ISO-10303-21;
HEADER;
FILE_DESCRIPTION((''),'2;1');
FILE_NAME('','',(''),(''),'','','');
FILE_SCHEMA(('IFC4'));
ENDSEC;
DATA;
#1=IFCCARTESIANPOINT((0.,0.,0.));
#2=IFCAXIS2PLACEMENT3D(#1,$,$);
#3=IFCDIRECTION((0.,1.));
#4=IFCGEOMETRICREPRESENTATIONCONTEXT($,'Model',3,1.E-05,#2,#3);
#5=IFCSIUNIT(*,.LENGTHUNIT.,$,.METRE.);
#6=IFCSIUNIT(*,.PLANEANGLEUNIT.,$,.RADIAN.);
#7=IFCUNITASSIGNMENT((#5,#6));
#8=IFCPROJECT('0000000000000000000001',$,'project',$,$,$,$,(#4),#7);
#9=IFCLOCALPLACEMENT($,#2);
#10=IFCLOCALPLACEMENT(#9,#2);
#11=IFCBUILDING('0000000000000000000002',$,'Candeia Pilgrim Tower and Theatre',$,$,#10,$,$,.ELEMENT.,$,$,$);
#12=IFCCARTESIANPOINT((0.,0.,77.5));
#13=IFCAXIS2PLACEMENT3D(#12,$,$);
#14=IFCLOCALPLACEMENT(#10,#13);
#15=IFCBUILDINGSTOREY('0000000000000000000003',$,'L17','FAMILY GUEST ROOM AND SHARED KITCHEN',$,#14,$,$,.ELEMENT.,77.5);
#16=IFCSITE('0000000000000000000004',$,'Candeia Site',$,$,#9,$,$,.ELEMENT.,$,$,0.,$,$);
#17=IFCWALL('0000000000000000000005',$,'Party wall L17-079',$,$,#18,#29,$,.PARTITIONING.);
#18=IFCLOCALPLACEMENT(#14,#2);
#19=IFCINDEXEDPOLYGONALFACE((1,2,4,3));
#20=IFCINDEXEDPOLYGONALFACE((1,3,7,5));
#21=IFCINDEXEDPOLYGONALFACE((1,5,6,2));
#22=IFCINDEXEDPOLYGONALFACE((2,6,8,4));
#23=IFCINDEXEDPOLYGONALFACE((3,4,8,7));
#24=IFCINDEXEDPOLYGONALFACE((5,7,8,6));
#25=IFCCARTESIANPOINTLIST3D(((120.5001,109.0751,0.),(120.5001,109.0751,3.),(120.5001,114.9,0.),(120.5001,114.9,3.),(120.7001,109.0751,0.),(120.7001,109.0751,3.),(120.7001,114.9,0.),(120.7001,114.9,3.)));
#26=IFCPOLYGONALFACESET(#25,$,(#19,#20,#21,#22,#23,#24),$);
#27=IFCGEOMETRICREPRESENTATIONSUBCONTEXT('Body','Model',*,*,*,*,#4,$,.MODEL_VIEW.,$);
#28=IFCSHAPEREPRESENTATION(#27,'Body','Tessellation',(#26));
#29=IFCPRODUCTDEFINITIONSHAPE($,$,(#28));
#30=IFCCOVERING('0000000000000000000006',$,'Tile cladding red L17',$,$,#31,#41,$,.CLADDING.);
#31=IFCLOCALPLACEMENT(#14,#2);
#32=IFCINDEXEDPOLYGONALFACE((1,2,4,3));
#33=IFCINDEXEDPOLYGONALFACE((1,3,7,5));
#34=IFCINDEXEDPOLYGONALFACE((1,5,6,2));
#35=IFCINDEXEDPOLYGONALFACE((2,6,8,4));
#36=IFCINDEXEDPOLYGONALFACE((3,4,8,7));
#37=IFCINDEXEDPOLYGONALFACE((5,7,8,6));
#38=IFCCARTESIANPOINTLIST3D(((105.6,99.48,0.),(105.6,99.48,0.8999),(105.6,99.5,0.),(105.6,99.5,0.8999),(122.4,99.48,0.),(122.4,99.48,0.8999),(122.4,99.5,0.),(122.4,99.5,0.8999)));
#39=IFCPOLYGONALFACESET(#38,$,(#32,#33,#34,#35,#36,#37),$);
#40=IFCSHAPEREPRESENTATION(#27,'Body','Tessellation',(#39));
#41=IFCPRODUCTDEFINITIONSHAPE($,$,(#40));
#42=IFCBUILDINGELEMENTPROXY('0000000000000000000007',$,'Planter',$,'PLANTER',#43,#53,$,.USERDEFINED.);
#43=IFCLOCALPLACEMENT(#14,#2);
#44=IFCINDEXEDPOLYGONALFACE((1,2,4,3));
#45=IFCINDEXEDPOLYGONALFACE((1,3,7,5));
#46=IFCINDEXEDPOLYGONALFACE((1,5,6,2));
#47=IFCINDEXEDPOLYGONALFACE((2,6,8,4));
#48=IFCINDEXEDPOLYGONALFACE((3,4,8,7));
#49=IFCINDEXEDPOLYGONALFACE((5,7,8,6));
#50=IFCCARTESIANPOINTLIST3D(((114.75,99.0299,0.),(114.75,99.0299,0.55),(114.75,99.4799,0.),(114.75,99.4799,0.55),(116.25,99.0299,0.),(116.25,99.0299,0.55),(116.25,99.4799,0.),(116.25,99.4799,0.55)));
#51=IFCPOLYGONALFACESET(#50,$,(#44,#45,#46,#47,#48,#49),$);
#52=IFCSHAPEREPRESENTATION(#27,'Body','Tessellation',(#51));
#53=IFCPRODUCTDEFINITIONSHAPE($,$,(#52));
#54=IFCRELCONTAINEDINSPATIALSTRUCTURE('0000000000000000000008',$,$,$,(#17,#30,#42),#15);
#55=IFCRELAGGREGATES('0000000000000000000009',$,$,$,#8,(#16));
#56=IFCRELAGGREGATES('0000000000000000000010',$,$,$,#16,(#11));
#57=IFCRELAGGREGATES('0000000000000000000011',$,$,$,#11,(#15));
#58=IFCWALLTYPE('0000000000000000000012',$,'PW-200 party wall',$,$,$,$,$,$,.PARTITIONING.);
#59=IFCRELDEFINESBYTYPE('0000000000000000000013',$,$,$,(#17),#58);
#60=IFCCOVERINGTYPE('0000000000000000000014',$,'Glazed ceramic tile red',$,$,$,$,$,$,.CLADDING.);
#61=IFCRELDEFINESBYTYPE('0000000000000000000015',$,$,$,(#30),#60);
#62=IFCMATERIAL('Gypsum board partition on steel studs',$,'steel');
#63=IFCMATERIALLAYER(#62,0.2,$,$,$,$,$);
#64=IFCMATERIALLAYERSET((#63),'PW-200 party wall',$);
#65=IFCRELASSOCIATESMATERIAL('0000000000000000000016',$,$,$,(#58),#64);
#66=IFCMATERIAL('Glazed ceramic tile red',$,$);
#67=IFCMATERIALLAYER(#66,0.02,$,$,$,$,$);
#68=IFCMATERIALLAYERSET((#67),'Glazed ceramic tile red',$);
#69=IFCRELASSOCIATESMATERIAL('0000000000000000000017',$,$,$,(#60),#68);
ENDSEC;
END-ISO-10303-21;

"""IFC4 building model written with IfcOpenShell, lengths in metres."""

from ifc_helpers import new_model, si_unit, direction, frame, frame_2d, origin, origin_2d, place, context, subcontext, project, spatial, rectangle, extrude, material, layer, layer_set, type_object, element, save


model = new_model("IFC4")

# Units and contexts
model_context = context("Model", 3, precision=1e-05, world=origin(), true_north=direction((0.0, 1.0)))
body_context = subcontext(model_context, "Body", "Model", "MODEL_VIEW")
ifc_project = project(units=[si_unit("LENGTHUNIT", "METRE"), si_unit("PLANEANGLEUNIT", "RADIAN")], contexts=[model_context])

# Site, building, storey
site_placement = place(None, origin())
site = spatial("IfcSite", under=ifc_project, at=site_placement, Name="Candeia Site", CompositionType="ELEMENT", RefElevation=0.0)
building_placement = place(site_placement, origin())
building = spatial("IfcBuilding", under=site, at=building_placement, Name="Candeia Pilgrim Tower and Theatre", CompositionType="ELEMENT")
storey_placement = place(building_placement, frame((0.0, 0.0, 77.5)))
storey = spatial("IfcBuildingStorey", under=building, at=storey_placement, Name="L17", Description="FAMILY GUEST ROOM AND SHARED KITCHEN", CompositionType="ELEMENT", Elevation=77.5)

# Shared definitions
ifc_material_1 = material(Name="Gypsum board partition on steel studs", Category="steel")

# Wall
ifc_layer_1 = layer(ifc_material_1, 0.2)
ifc_layer_set_1 = layer_set([ifc_layer_1], Name="PW-200 party wall")
wall_type_1 = type_object("IfcWallType", Name="PW-200 party wall", PredefinedType="PARTITIONING", material=ifc_layer_set_1)
wall_1_placement = place(storey_placement, frame((120.6001, 109.075, 0.0), z_axis=(0.0, 0.0, 1.0), x_axis=(0.0, 1.0, 0.0)))
element("IfcWall", 1, at=wall_1_placement, inside=storey, type_object=wall_type_1, Name="Party wall L17-079", PredefinedType="PARTITIONING", context=body_context, shape_type="SweptSolid", body=[
    extrude(rectangle(XDim=5.825, YDim=0.2, at=frame_2d((2.9126, 0.0))), origin(), (0.0, 0.0, 1.0), 3.0),
])

# Covering
ifc_material_2 = material(Name="Glazed ceramic tile red")
ifc_layer_2 = layer(ifc_material_2, 0.02)
ifc_layer_set_2 = layer_set([ifc_layer_2], Name="Glazed ceramic tile red")
covering_type = type_object("IfcCoveringType", Name="Glazed ceramic tile red", PredefinedType="CLADDING", material=ifc_layer_set_2)
covering_placement = place(storey_placement, frame((114.0, 99.49, 0.0), z_axis=(0.0, 0.0, 1.0), x_axis=(1.0, 0.0, 0.0)))
element("IfcCovering", 2, at=covering_placement, inside=storey, type_object=covering_type, Name="Tile cladding red L17", PredefinedType="CLADDING", context=body_context, shape_type="SweptSolid", body=[
    extrude(rectangle(XDim=16.8, YDim=0.02, at=origin_2d()), origin(), (0.0, 0.0, 1.0), 0.8999),
])

# Building element proxy
proxy_placement = place(storey_placement, frame((115.5, 99.2549, 0.0), z_axis=(0.0, 0.0, 1.0), x_axis=(1.0, 0.0, 0.0)))
element("IfcBuildingElementProxy", 3, at=proxy_placement, inside=storey, Name="Planter", ObjectType="PLANTER", PredefinedType="USERDEFINED", context=body_context, shape_type="SweptSolid", body=[
    extrude(rectangle(XDim=1.5, YDim=0.45, at=origin_2d()), origin(), (0.0, 0.0, 1.0), 0.55),
])

save(model, "model.ifc")
